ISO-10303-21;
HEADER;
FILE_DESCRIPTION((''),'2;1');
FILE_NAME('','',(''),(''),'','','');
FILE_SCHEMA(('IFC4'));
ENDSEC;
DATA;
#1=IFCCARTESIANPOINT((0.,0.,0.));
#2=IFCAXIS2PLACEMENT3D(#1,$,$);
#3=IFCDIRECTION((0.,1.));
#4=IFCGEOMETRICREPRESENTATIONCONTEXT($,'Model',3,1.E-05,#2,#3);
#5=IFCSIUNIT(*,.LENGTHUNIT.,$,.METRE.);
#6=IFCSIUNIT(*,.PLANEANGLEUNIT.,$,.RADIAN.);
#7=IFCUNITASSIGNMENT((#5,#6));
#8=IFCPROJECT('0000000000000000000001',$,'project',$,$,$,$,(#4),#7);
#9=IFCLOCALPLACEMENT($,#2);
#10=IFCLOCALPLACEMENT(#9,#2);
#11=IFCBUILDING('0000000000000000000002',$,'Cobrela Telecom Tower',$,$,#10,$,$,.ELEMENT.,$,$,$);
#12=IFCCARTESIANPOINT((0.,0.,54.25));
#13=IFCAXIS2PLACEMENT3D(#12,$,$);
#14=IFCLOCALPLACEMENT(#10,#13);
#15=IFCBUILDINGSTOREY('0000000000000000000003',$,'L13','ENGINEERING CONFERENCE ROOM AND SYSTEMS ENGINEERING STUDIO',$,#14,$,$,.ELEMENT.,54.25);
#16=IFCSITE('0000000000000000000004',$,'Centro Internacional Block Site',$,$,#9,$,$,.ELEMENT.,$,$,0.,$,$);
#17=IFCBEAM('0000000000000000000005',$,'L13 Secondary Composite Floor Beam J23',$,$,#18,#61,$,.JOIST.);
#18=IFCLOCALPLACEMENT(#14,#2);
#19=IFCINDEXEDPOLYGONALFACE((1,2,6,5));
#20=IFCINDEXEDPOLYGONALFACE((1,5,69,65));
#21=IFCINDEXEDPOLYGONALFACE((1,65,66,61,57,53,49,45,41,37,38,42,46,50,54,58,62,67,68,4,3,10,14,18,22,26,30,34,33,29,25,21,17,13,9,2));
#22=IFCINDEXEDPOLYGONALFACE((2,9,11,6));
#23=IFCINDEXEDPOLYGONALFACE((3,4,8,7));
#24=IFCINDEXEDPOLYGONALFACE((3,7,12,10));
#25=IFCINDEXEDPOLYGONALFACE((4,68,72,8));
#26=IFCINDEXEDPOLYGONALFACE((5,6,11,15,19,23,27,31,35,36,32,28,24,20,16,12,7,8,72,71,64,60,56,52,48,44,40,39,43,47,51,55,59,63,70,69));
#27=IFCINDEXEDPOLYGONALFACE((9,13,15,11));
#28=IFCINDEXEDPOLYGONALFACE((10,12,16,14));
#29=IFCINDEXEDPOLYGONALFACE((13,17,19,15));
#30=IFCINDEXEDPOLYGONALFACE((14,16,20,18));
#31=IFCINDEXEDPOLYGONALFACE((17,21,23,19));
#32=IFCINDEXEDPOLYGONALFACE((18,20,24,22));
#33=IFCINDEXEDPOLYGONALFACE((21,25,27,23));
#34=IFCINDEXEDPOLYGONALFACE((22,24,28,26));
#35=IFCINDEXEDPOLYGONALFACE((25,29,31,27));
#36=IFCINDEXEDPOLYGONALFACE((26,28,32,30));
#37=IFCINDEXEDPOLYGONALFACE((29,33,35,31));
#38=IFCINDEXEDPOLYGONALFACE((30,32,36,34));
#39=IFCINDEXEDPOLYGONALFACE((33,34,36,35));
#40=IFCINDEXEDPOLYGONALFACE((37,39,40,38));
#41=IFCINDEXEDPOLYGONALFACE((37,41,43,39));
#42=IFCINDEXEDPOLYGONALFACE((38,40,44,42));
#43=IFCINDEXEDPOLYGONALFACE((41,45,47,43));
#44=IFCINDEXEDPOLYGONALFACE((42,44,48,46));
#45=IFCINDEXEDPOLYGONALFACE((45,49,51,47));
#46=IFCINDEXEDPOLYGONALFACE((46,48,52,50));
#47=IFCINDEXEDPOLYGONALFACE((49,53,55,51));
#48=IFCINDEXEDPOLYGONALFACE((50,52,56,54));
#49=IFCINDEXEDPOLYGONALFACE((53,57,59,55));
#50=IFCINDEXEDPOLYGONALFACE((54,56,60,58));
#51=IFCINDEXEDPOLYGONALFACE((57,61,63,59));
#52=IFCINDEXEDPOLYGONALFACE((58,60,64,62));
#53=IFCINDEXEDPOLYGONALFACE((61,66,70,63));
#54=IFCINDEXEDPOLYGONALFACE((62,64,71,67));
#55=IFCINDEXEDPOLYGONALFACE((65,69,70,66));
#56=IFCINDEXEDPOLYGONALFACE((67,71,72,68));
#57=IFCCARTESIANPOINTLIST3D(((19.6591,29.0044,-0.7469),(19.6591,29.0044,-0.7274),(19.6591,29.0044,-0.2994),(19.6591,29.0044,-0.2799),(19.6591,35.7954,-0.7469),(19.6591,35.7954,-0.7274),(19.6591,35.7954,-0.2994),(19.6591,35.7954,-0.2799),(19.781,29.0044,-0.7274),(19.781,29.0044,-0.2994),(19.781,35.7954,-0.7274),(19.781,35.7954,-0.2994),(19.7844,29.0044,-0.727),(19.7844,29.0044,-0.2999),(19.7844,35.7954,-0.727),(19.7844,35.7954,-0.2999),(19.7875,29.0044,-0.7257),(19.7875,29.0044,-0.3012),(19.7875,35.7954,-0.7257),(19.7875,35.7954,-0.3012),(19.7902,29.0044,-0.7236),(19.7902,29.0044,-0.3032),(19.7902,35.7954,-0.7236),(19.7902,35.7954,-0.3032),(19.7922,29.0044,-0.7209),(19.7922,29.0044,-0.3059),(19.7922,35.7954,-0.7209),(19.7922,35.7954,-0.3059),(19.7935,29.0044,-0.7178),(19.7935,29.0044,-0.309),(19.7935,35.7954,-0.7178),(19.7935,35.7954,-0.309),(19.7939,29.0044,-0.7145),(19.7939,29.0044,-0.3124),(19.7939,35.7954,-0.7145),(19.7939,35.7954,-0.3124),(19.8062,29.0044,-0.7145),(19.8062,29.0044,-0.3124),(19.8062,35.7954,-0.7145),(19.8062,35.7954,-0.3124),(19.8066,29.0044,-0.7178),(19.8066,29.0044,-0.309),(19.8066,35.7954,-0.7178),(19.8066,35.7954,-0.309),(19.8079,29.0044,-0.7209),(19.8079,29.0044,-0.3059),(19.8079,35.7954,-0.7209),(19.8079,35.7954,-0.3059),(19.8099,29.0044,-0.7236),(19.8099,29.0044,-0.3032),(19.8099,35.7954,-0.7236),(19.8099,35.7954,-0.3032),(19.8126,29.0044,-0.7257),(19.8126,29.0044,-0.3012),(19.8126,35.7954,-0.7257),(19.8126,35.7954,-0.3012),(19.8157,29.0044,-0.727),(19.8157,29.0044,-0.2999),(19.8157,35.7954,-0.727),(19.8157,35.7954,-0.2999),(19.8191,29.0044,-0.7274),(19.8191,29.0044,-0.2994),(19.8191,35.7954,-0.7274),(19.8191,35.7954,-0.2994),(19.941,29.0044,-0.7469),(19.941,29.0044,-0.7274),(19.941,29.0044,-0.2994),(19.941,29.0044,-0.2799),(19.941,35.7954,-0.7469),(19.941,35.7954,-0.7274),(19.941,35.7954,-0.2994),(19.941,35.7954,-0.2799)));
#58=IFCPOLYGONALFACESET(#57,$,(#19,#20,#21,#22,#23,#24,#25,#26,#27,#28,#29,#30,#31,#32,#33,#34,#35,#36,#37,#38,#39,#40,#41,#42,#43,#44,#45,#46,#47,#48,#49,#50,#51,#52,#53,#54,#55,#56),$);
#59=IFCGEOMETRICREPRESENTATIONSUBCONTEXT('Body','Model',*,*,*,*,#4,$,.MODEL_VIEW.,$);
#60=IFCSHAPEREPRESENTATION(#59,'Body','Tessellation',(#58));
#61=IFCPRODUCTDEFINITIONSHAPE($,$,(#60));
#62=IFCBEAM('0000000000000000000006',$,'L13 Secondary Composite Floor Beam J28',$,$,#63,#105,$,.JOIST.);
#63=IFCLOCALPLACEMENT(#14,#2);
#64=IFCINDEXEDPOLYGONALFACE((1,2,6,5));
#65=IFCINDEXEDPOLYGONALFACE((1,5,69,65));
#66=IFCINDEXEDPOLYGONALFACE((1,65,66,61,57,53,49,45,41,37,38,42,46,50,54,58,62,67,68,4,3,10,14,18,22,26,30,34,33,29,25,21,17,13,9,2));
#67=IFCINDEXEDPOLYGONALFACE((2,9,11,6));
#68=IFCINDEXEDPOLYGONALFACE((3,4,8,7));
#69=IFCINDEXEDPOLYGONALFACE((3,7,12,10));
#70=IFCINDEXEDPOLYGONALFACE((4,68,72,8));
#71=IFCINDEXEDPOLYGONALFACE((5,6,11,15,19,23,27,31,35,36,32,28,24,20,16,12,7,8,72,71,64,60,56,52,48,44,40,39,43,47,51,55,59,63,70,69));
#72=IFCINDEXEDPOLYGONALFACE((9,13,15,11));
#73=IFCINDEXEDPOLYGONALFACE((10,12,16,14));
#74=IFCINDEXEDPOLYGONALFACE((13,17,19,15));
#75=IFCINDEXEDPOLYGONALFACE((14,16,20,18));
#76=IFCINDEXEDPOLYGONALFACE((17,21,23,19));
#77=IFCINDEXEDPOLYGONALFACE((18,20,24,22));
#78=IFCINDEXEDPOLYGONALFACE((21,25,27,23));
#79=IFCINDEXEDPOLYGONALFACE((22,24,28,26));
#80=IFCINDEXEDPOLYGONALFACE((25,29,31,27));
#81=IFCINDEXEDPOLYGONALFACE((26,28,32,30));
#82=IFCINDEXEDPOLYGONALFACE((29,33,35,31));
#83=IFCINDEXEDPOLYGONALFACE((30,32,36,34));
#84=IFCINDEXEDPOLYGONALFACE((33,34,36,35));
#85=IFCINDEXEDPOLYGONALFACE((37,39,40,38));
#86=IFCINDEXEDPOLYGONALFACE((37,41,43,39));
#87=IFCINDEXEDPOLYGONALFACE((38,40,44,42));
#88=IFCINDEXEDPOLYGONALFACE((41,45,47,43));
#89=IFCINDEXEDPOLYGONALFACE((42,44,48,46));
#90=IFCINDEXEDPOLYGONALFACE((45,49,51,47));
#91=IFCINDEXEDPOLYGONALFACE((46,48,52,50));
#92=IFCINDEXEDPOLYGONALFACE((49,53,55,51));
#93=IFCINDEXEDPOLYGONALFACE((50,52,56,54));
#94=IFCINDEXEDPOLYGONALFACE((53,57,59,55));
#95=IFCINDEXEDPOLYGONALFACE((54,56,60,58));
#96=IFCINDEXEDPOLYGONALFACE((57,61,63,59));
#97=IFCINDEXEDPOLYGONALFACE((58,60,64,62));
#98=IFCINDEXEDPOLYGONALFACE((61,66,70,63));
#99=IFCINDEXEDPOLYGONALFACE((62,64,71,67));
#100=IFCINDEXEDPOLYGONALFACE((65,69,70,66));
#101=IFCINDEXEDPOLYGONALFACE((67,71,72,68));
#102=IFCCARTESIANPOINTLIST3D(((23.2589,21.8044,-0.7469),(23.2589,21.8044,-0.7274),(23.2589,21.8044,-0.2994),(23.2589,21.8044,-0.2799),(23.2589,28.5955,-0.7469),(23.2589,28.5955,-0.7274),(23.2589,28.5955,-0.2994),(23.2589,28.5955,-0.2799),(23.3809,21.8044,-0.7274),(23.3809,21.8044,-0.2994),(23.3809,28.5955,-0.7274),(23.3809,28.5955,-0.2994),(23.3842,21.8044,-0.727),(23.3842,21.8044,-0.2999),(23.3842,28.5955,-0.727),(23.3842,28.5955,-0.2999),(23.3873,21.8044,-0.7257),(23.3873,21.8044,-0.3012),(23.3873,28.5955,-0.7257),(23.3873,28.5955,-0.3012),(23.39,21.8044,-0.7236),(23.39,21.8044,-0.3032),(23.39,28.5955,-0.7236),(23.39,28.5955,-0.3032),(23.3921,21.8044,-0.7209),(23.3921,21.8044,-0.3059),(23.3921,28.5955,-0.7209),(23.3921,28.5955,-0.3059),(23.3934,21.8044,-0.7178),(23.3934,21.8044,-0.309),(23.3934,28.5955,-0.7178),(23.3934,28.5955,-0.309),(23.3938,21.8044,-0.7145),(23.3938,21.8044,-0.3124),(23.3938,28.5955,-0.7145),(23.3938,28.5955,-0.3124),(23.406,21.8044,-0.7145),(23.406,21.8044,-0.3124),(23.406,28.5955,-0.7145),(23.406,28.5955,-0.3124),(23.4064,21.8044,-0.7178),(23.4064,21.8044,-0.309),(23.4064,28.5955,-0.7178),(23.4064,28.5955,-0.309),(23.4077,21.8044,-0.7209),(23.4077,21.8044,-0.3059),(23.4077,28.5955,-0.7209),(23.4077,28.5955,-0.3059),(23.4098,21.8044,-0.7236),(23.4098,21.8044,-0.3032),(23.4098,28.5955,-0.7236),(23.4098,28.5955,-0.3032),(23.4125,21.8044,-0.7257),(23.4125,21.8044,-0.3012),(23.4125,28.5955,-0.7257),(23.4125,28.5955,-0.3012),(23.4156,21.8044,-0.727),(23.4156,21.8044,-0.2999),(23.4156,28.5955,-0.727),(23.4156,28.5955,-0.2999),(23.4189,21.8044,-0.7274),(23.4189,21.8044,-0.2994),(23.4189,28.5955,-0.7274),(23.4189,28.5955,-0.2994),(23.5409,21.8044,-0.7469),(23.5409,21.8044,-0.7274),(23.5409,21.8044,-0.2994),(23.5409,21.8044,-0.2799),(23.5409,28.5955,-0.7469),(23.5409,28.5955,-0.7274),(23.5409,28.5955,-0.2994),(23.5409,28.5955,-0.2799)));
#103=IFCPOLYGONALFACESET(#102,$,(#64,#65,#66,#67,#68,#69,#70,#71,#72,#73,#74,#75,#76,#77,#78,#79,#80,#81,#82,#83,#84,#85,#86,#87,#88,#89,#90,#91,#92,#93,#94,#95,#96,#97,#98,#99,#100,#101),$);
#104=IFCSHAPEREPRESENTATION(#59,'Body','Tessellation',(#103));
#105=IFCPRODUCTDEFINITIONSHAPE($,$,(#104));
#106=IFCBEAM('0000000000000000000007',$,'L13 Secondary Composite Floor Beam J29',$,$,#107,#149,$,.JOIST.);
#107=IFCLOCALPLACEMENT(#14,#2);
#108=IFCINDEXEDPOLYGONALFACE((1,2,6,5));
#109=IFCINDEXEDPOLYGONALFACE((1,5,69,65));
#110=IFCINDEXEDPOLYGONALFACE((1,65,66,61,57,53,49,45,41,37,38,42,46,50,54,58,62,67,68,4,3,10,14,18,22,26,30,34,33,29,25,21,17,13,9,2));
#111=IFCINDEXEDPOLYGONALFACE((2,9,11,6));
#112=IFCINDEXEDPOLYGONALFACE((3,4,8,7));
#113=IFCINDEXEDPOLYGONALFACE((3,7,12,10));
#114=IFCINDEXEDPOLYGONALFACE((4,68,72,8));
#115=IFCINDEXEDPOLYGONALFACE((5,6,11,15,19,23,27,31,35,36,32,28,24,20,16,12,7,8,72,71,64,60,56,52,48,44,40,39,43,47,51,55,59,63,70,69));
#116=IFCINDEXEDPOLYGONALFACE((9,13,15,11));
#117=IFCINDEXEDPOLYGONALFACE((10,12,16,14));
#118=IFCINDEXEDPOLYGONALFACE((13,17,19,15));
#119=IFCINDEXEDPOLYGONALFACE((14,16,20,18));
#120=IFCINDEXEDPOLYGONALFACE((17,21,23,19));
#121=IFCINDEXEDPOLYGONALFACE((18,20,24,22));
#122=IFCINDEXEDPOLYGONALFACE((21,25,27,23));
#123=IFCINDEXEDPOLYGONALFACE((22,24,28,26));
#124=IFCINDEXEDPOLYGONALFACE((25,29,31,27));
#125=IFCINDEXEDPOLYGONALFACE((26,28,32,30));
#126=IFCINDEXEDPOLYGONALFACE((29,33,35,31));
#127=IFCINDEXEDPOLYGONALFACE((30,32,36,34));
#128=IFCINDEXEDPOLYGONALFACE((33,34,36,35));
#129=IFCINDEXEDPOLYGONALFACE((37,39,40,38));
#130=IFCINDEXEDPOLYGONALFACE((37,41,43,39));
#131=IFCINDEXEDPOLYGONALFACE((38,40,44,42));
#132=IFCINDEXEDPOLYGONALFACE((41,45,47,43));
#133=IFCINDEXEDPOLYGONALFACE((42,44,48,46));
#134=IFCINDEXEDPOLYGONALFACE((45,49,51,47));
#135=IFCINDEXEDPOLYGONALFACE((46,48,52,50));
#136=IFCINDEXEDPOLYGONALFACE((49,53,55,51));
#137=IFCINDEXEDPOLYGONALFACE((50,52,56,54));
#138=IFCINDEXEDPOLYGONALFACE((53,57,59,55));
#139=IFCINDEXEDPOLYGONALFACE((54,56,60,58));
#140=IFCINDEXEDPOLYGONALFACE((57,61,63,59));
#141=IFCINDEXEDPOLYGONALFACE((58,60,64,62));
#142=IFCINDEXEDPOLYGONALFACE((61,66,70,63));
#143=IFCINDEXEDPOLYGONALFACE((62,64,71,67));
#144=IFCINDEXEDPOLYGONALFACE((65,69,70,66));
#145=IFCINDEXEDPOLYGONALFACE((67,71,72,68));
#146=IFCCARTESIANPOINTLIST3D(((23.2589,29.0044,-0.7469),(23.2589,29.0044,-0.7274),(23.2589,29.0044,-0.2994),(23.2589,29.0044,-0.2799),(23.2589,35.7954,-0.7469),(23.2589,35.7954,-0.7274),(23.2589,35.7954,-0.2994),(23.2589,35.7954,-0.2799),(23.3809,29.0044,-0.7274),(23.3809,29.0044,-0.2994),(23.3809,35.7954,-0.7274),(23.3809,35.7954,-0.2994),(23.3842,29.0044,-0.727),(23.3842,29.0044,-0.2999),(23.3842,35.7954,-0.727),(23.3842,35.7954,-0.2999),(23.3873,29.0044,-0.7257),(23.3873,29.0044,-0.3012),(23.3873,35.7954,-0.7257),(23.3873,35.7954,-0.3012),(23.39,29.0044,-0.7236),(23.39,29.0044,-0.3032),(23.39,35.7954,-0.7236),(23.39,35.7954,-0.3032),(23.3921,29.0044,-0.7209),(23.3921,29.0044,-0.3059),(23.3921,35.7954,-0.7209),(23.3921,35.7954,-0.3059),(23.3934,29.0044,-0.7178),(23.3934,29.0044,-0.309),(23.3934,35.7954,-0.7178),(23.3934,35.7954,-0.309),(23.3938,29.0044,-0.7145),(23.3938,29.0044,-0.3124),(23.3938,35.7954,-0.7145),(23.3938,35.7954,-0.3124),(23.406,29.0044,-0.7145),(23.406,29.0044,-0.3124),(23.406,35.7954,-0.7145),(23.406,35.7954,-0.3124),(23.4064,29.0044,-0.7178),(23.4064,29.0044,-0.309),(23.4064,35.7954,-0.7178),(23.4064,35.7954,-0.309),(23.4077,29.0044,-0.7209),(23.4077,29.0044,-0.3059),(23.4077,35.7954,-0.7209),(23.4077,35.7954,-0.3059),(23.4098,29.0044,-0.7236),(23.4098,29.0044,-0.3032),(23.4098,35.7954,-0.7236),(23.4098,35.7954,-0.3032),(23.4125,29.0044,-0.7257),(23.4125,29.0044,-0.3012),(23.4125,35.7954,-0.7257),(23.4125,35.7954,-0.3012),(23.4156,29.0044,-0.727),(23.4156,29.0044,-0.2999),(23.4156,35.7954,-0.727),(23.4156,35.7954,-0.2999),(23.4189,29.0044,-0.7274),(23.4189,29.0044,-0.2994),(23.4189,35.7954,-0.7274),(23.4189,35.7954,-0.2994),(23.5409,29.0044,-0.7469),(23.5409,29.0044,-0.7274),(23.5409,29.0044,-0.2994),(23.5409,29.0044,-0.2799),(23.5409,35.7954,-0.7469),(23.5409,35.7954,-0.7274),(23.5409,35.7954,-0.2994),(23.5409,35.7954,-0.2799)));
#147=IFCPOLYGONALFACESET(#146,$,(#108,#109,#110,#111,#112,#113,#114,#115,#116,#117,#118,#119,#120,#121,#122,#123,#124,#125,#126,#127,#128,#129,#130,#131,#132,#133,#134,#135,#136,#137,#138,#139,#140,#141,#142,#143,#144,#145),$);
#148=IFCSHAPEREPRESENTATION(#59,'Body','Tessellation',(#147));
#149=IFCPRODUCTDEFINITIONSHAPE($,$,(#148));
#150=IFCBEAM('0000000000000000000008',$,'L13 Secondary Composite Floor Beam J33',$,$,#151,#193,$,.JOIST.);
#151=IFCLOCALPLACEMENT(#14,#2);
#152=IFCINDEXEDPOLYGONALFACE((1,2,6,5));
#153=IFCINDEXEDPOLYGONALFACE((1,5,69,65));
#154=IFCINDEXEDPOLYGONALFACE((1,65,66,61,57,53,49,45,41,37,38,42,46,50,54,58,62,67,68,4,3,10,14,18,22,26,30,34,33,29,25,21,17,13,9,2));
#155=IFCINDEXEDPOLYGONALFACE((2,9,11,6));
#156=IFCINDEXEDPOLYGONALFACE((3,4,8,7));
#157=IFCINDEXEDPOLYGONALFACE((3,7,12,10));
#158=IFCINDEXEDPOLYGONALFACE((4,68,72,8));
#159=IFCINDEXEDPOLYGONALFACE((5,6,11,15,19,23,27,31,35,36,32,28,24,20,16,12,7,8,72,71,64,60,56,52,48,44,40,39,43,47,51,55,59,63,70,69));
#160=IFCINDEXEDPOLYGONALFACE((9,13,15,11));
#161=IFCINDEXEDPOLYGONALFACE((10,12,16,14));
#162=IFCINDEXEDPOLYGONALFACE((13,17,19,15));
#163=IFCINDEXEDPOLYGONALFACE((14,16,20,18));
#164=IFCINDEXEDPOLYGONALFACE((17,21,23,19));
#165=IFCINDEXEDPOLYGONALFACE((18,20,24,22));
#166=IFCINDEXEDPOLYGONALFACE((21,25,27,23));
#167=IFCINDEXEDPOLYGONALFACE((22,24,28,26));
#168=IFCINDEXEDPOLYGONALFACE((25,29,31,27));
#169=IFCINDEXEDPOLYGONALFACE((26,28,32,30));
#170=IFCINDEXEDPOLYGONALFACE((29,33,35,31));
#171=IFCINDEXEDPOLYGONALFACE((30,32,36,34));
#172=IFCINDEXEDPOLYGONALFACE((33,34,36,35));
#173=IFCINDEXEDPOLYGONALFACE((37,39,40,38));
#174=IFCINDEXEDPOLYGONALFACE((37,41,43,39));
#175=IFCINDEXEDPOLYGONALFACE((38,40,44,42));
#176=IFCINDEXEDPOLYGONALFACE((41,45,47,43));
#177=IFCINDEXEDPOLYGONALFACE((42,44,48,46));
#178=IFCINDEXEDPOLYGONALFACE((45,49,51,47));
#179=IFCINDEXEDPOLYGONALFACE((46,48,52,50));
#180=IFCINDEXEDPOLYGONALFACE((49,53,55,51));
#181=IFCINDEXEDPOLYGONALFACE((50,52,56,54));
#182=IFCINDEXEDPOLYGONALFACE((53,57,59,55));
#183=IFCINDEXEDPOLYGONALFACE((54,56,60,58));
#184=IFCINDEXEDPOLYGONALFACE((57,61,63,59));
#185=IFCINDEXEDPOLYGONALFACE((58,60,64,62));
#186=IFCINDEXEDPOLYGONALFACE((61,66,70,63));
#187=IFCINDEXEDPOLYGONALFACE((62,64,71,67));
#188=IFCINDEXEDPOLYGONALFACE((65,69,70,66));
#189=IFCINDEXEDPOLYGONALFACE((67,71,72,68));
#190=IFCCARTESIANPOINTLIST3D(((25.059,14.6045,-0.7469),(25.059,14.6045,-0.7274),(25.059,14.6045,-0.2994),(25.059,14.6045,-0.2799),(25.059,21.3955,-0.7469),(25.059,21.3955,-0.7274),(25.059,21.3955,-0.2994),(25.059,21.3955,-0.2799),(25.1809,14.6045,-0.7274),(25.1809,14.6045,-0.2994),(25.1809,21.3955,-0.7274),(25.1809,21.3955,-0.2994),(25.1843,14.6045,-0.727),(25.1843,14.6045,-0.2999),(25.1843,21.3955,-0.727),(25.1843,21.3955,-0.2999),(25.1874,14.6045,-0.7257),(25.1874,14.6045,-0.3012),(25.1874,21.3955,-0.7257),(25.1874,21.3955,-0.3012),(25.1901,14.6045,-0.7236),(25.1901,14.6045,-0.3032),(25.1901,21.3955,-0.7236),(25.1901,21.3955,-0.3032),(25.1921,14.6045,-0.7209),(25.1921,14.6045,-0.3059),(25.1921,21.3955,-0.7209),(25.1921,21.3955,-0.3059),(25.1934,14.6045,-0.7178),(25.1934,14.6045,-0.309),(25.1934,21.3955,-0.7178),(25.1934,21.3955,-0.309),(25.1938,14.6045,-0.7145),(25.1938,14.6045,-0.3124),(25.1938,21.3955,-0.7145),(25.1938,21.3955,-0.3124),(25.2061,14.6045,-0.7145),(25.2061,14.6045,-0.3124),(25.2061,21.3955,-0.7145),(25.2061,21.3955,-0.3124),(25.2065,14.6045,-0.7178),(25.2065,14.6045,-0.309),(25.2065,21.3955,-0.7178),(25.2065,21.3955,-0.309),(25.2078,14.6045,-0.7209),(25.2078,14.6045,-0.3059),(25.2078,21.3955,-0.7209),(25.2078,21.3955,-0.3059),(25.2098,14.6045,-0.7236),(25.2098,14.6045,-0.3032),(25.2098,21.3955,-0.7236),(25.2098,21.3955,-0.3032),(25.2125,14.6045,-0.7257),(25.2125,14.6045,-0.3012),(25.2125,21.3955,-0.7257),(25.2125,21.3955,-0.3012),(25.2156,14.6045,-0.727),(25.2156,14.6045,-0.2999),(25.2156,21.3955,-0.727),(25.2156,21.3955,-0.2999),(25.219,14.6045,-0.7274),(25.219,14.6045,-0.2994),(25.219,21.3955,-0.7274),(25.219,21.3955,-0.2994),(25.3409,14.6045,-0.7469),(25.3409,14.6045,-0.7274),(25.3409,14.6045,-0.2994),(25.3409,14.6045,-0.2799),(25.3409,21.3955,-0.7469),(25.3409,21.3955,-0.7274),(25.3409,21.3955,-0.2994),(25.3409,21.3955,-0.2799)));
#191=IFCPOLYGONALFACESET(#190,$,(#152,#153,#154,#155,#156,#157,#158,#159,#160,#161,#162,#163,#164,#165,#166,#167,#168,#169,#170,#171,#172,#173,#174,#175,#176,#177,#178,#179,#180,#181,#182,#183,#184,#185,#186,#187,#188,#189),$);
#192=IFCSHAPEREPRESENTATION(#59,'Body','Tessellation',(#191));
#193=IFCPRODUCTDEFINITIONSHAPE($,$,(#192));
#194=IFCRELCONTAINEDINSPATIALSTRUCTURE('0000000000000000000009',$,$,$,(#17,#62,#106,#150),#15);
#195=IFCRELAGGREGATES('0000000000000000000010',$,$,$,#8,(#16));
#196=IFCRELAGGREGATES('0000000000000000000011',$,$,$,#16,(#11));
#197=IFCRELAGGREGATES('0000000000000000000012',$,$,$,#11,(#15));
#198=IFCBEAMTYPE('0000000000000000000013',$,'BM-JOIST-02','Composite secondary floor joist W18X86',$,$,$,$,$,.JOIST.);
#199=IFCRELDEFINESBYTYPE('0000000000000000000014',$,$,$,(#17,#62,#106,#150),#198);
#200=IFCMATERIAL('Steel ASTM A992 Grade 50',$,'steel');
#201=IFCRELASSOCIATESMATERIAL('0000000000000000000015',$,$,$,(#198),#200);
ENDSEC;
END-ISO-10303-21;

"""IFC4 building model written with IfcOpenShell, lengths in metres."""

from ifc_helpers import new_model, si_unit, direction, frame, origin, origin_2d, place, context, subcontext, project, spatial, i_section, extrude, material, material_profile, profile_set, type_object, element, save


model = new_model("IFC4")

# Units and contexts
model_context = context("Model", 3, precision=1e-05, world=origin(), true_north=direction((0.0, 1.0)))
body_context = subcontext(model_context, "Body", "Model", "MODEL_VIEW")
ifc_project = project(units=[si_unit("LENGTHUNIT", "METRE"), si_unit("PLANEANGLEUNIT", "RADIAN")], contexts=[model_context])

# Site, building, storey
site_placement = place(None, origin())
site = spatial("IfcSite", under=ifc_project, at=site_placement, Name="Centro Internacional Block Site", CompositionType="ELEMENT", RefElevation=0.0)
building_placement = place(site_placement, origin())
building = spatial("IfcBuilding", under=site, at=building_placement, Name="Cobrela Telecom Tower", CompositionType="ELEMENT")
storey_placement = place(building_placement, frame((0.0, 0.0, 54.25)))
storey = spatial("IfcBuildingStorey", under=building, at=storey_placement, Name="L13", Description="ENGINEERING CONFERENCE ROOM AND SYSTEMS ENGINEERING STUDIO", CompositionType="ELEMENT", Elevation=54.25)

# Shared definitions
ifc_material_1 = material(Name="Steel ASTM A992 Grade 50", Category="steel")

# Beams
ifc_material_profile_1 = material_profile(ifc_material_1, i_section(OverallWidth=0.282, OverallDepth=0.467, WebThickness=0.0122, FlangeThickness=0.0195, FilletRadius=0.0129, at=origin_2d()), Name="W18X86")
ifc_profile_set_1 = profile_set([ifc_material_profile_1], Name="Steel ASTM A992 Grade 50")
beam_type_1 = type_object("IfcBeamType", Name="BM-JOIST-02", Description="Composite secondary floor joist W18X86", PredefinedType="JOIST", material=ifc_profile_set_1)
for number, where, z_axis, x_axis, name in (
    (1, (19.8, 29.0044, -0.5134), (0.0, 1.0, 0.0), (-1.0, 0.0, 0.0), "L13 Secondary Composite Floor Beam J23"),
    (2, (23.3999, 21.8044, -0.5134), (0.0, 1.0, 0.0), (-1.0, 0.0, 0.0), "L13 Secondary Composite Floor Beam J28"),
    (3, (23.3999, 29.0044, -0.5134), (0.0, 1.0, 0.0), (-1.0, 0.0, 0.0), "L13 Secondary Composite Floor Beam J29"),
    (4, (25.2, 14.6045, -0.5134), (0.0, 1.0, 0.0), (-1.0, 0.0, 0.0), "L13 Secondary Composite Floor Beam J33"),
):
    element("IfcBeam", number, at=place(storey_placement, frame(where, z_axis=z_axis, x_axis=x_axis)), inside=storey, type_object=beam_type_1, Name=name, PredefinedType="JOIST", context=body_context, shape_type="SweptSolid", body=[
        extrude(i_section(OverallWidth=0.282, OverallDepth=0.467, WebThickness=0.0122, FlangeThickness=0.0195, FilletRadius=0.0129, at=origin_2d()), origin(), (0.0, 0.0, 1.0), 6.791),
    ])

save(model, "model.ifc")
